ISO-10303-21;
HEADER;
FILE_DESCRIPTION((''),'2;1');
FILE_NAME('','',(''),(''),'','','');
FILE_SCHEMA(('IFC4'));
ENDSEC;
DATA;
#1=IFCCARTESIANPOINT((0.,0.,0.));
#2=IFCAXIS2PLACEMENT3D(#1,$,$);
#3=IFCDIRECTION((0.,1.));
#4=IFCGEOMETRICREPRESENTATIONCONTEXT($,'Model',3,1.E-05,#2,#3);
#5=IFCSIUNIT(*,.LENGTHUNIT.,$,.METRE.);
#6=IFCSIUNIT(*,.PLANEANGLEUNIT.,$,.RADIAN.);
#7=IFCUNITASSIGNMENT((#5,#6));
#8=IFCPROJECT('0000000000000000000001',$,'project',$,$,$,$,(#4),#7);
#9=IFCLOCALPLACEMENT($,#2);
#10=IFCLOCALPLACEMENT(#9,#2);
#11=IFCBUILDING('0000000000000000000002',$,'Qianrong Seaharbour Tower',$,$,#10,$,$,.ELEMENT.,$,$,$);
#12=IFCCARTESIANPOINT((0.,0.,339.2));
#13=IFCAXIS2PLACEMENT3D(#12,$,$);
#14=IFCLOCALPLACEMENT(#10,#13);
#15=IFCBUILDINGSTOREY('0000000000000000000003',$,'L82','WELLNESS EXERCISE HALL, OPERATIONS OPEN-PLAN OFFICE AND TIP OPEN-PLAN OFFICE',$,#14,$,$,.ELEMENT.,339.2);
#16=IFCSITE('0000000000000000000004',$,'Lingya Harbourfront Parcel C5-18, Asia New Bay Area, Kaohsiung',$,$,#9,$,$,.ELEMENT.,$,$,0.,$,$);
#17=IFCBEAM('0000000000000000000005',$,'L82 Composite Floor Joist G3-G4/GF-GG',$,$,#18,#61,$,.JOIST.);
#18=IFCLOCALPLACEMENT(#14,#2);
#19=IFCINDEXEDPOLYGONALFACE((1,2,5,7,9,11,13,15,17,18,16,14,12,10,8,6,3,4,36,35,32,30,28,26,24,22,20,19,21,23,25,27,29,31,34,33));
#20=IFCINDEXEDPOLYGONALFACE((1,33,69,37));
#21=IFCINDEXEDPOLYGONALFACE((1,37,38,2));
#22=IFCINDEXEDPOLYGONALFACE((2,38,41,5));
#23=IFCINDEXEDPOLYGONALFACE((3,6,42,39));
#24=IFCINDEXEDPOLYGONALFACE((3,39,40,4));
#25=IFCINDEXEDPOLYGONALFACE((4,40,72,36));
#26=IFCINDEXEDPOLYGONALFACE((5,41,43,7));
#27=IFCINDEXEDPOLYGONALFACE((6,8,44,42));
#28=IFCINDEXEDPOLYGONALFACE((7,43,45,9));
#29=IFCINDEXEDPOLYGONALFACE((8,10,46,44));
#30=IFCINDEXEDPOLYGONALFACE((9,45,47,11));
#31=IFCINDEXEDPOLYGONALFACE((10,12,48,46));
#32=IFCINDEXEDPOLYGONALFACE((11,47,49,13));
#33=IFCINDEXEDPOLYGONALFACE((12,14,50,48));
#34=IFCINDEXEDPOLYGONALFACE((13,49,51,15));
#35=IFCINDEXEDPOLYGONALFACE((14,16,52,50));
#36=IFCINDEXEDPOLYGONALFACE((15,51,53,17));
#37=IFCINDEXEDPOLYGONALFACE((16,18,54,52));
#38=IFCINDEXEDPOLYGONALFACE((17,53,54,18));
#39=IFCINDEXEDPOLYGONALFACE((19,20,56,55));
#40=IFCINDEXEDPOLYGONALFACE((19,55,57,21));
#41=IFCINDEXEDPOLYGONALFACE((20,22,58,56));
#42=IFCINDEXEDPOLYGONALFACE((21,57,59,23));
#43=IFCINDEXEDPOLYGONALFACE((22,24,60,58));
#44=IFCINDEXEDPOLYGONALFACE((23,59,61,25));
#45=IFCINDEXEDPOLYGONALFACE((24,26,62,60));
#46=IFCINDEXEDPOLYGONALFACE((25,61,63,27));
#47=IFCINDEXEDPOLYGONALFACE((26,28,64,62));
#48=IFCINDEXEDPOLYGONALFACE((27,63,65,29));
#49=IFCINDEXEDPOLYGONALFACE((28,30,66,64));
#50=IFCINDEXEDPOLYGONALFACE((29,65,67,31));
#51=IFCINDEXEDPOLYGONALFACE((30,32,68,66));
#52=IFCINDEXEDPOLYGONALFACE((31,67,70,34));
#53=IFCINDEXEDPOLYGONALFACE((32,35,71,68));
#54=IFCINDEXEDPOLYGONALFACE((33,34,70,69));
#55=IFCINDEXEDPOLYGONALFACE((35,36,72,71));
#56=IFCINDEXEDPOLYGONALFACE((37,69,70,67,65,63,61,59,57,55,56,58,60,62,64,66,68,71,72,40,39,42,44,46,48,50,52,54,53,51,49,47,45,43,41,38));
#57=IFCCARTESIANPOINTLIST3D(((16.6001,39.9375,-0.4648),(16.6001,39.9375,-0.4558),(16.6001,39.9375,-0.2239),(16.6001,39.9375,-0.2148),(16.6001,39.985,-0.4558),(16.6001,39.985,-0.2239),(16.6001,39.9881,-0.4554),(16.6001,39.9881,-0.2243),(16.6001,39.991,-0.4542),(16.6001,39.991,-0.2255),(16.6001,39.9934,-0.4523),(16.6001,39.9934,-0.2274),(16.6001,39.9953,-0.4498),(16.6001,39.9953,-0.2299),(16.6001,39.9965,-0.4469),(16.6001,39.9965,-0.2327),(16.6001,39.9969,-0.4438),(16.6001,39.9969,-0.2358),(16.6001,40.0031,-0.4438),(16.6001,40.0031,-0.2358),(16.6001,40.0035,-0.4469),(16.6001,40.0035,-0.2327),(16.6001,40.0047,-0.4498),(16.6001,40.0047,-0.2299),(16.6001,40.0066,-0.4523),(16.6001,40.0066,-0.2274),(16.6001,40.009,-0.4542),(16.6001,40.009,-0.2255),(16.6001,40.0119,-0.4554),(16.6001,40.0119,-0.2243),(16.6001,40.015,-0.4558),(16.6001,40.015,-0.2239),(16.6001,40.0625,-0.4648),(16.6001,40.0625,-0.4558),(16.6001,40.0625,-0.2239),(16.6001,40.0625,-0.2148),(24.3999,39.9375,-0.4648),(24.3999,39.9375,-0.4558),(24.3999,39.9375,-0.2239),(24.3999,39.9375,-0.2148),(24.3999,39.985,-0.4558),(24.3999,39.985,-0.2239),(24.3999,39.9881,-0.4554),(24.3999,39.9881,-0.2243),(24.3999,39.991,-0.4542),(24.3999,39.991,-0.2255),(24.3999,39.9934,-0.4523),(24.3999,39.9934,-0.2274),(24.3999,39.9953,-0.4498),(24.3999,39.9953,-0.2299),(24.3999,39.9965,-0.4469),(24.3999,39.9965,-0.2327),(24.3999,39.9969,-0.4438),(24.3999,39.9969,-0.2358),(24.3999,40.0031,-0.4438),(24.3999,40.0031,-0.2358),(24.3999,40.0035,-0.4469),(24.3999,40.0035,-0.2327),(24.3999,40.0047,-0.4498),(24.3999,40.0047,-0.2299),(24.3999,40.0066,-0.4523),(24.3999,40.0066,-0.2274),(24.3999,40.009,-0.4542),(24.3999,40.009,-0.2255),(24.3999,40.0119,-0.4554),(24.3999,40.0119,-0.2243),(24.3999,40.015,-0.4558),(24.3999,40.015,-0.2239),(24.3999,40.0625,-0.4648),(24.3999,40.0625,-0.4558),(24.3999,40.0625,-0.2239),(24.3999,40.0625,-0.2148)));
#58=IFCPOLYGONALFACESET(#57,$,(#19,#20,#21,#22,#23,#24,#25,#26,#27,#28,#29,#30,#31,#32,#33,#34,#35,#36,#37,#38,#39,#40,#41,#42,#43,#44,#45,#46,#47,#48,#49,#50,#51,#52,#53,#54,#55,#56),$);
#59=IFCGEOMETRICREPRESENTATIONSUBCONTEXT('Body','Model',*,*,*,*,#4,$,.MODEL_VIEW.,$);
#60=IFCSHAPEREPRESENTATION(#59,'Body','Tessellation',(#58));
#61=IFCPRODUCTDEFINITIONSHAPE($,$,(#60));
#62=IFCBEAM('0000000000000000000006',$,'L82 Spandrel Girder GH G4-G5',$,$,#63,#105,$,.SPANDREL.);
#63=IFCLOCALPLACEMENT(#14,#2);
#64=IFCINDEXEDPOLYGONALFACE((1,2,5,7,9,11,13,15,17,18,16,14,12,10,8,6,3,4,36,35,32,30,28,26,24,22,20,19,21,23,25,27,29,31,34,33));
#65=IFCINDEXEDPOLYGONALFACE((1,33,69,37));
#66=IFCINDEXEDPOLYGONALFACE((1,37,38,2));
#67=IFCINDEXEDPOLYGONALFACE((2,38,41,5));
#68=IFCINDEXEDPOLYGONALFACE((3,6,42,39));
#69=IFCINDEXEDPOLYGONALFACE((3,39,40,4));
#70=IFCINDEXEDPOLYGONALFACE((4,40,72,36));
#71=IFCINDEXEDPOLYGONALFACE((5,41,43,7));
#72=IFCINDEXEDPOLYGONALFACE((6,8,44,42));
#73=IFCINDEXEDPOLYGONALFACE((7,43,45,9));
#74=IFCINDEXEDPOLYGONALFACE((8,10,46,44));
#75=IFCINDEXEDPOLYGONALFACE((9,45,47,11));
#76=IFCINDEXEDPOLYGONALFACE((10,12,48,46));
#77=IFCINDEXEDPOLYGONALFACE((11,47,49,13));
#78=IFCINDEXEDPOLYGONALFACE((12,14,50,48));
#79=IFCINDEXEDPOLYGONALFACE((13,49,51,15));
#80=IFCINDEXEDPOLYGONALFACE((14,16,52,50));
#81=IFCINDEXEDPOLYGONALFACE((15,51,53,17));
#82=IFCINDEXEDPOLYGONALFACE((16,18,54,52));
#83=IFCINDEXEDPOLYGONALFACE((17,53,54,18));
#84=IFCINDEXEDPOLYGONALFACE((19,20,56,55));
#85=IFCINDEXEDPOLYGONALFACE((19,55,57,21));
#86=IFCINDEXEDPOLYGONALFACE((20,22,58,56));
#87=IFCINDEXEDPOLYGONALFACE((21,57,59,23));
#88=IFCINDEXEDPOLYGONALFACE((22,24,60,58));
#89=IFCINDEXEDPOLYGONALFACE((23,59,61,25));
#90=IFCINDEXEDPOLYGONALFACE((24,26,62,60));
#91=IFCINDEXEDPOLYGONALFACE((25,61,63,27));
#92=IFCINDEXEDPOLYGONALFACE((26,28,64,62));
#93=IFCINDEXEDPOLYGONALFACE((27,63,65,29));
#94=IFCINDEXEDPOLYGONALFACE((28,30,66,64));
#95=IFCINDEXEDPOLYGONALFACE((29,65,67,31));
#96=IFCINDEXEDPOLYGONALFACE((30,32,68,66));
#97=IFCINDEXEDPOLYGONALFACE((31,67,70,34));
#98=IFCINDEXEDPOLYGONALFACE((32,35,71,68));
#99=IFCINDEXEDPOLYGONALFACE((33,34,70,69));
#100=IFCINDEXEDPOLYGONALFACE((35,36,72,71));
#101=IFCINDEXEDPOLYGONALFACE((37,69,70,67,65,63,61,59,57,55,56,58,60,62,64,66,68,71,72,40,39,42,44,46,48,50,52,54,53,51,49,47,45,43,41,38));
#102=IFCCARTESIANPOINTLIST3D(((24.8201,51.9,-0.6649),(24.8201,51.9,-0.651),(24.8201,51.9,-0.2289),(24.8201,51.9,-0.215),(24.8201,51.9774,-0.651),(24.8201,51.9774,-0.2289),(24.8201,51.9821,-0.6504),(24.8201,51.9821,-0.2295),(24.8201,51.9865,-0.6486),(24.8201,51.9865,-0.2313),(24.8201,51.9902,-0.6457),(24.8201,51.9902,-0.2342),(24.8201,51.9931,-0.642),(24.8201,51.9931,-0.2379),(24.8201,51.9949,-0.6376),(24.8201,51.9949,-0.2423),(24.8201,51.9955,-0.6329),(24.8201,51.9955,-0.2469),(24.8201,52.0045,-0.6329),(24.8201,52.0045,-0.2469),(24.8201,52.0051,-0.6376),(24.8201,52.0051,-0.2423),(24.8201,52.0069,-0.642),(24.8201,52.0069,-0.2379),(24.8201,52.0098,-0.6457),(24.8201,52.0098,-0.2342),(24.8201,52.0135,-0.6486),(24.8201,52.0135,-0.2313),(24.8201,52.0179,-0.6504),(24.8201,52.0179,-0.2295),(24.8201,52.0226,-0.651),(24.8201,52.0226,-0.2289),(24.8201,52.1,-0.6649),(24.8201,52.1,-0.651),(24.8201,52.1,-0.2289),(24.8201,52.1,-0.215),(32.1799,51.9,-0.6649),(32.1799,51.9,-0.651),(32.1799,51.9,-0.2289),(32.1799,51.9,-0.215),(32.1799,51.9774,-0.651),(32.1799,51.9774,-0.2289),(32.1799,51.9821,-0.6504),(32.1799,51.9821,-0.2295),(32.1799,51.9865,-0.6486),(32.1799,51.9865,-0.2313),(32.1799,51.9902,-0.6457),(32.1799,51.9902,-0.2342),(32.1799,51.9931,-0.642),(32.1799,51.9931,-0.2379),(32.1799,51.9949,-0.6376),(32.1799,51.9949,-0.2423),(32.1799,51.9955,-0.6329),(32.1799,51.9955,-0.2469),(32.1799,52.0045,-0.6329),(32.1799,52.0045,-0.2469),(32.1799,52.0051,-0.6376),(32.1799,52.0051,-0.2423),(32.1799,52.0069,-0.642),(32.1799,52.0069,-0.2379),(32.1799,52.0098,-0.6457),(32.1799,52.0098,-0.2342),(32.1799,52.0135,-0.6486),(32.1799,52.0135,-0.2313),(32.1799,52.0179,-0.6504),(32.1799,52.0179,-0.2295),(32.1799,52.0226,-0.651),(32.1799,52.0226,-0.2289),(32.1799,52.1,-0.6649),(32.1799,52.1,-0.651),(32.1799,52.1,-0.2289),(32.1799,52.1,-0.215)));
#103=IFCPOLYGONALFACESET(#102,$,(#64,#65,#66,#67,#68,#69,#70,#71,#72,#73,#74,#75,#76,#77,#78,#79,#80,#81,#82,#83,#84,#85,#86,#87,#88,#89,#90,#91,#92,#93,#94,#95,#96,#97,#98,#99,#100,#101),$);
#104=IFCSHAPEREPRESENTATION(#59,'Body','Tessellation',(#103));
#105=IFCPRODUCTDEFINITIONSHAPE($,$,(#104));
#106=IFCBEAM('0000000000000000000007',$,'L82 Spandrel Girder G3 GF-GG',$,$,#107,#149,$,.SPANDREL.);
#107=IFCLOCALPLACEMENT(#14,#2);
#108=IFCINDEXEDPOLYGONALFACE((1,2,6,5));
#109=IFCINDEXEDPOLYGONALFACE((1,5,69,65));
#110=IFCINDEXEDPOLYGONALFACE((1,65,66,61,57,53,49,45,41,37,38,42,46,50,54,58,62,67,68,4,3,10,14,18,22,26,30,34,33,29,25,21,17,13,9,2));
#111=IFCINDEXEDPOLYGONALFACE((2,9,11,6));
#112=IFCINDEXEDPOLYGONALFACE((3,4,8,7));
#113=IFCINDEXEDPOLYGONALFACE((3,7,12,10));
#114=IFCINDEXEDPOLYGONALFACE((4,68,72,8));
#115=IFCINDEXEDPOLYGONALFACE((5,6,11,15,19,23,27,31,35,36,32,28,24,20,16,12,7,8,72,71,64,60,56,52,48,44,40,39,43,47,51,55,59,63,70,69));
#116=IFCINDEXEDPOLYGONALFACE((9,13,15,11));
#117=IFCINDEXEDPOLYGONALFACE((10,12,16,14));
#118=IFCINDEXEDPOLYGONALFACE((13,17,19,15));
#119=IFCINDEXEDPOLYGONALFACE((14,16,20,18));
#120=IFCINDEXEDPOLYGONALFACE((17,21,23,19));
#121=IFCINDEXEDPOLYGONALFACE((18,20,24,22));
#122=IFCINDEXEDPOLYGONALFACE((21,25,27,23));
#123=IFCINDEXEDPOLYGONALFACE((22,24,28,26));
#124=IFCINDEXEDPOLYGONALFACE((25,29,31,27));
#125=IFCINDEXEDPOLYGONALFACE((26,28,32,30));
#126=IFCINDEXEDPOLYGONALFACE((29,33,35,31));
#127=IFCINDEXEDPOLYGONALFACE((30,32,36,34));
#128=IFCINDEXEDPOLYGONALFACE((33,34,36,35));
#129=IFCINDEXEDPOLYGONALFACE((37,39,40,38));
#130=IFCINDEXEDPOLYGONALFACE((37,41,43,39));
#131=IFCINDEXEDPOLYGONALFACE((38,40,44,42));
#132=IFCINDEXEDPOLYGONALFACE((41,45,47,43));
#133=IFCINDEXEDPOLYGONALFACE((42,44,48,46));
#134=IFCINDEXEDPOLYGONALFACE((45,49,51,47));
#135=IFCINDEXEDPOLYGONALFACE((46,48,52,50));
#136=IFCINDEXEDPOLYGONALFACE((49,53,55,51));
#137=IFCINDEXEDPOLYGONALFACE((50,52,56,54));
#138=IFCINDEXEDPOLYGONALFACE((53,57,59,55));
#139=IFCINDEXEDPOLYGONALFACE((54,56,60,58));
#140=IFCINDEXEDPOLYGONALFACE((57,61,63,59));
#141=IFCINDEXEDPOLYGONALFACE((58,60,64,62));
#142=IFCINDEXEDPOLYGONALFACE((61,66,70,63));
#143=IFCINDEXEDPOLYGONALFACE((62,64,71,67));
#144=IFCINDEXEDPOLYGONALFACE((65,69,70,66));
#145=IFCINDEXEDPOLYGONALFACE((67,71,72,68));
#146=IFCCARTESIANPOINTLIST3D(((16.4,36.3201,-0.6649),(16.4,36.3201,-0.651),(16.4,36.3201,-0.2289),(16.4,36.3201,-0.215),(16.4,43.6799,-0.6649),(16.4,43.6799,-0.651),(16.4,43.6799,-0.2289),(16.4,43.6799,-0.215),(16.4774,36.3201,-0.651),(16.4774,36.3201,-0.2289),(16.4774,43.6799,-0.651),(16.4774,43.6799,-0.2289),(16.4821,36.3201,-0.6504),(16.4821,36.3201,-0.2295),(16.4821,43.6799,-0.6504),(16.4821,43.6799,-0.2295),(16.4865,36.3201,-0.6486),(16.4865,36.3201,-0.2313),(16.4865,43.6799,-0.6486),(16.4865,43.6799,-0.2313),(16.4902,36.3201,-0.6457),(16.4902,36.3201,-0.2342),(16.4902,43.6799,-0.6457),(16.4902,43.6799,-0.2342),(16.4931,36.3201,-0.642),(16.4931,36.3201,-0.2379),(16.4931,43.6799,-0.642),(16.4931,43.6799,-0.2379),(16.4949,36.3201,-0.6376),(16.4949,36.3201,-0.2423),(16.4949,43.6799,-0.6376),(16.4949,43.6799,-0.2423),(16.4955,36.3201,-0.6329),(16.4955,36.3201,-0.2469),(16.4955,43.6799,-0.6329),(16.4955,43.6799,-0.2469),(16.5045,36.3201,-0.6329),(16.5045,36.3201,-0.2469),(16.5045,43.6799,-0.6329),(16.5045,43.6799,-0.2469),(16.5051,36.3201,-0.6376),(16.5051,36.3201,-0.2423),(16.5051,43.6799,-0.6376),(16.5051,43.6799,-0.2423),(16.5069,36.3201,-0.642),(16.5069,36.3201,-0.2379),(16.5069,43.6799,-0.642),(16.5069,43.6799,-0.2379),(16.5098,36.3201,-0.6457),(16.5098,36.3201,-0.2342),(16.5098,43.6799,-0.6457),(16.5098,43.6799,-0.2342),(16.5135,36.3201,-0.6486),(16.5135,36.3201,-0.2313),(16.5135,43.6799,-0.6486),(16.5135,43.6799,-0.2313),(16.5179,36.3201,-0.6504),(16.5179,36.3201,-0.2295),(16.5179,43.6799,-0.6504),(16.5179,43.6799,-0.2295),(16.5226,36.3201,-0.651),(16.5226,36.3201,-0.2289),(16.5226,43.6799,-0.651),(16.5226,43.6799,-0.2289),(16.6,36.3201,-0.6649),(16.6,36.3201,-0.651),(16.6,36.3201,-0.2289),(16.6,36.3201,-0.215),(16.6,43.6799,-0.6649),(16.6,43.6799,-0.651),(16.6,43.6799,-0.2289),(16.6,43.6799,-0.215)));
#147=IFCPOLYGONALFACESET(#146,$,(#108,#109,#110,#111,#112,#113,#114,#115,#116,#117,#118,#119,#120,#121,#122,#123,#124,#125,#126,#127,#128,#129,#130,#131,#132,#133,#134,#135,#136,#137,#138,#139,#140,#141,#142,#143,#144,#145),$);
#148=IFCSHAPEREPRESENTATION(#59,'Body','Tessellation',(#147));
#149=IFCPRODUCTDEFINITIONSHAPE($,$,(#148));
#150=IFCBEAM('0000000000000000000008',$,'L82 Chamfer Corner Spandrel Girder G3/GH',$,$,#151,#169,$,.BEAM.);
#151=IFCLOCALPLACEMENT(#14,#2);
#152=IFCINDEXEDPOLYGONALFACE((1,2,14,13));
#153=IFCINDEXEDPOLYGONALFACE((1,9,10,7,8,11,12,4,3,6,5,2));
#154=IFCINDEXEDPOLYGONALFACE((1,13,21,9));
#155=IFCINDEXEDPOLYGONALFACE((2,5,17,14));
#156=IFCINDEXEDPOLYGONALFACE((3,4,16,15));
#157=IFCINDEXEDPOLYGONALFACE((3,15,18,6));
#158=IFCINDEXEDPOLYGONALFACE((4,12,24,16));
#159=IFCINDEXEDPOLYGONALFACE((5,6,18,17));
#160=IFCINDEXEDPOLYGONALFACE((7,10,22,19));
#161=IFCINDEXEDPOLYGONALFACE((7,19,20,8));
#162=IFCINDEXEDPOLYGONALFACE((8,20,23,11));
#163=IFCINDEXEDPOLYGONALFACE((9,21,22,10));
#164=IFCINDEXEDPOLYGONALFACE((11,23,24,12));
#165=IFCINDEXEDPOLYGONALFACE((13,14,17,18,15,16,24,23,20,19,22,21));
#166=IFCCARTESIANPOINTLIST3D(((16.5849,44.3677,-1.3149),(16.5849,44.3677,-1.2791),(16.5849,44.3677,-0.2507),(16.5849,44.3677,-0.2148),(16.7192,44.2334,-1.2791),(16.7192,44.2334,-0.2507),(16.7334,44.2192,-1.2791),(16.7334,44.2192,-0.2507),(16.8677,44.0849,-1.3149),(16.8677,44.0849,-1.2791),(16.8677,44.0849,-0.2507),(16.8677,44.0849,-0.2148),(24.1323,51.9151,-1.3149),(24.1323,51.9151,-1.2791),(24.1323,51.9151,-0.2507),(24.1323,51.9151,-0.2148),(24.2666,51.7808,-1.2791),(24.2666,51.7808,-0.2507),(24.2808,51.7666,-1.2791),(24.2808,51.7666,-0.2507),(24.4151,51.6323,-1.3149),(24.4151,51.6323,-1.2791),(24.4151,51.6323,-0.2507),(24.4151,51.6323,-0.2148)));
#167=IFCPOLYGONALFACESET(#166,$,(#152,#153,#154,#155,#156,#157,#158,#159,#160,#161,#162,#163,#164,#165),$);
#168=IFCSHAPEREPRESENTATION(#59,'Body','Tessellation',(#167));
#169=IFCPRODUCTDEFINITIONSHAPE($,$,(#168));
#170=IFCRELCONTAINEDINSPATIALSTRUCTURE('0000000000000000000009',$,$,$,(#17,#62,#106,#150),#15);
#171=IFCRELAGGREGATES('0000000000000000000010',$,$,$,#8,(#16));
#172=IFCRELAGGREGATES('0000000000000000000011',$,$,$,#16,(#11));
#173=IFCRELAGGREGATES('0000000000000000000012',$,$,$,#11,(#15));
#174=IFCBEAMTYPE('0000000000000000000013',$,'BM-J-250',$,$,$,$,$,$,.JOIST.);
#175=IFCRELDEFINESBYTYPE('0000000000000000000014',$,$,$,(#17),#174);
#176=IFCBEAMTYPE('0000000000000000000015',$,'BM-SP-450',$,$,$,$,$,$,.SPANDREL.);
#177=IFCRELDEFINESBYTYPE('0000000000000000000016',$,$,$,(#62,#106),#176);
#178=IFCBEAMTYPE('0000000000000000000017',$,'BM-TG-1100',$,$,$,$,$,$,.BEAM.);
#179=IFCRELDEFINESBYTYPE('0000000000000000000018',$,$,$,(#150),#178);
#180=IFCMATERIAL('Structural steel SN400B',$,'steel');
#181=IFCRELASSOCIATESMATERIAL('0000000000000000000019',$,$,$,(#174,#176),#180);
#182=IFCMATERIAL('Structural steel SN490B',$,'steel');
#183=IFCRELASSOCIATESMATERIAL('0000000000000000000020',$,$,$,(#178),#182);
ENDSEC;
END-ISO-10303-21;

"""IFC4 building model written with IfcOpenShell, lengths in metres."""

from ifc_helpers import new_model, si_unit, direction, frame, origin, origin_2d, place, context, subcontext, project, spatial, i_section, extrude, material, material_profile, profile_set, type_object, element, save


model = new_model("IFC4")

# Units and contexts
model_context = context("Model", 3, precision=1e-05, world=origin(), true_north=direction((0.0, 1.0)))
body_context = subcontext(model_context, "Body", "Model", "MODEL_VIEW")
ifc_project = project(units=[si_unit("LENGTHUNIT", "METRE"), si_unit("PLANEANGLEUNIT", "RADIAN")], contexts=[model_context])

# Site, building, storey
site_placement = place(None, origin())
site = spatial("IfcSite", under=ifc_project, at=site_placement, Name="Lingya Harbourfront Parcel C5-18, Asia New Bay Area, Kaohsiung", CompositionType="ELEMENT", RefElevation=0.0)
building_placement = place(site_placement, origin())
building = spatial("IfcBuilding", under=site, at=building_placement, Name="Qianrong Seaharbour Tower", CompositionType="ELEMENT")
storey_placement = place(building_placement, frame((0.0, 0.0, 339.2)))
storey = spatial("IfcBuildingStorey", under=building, at=storey_placement, Name="L82", Description="WELLNESS EXERCISE HALL, OPERATIONS OPEN-PLAN OFFICE AND TIP OPEN-PLAN OFFICE", CompositionType="ELEMENT", Elevation=339.2)

# Shared definitions
ifc_material_1 = material(Name="Structural steel SN400B", Category="steel")

# Beams
ifc_material_2 = material(Name="Structural steel SN490B", Category="steel")
ifc_material_profile_1 = material_profile(ifc_material_1, i_section(OverallWidth=0.125, OverallDepth=0.25, WebThickness=0.0061, FlangeThickness=0.009, FilletRadius=0.012, at=origin_2d()), Name="H250x125x6x9")
ifc_profile_set_1 = profile_set([ifc_material_profile_1], Name="Structural steel SN400B")
beam_type_1 = type_object("IfcBeamType", Name="BM-J-250", PredefinedType="JOIST", material=ifc_profile_set_1)
beam_1_placement = place(storey_placement, frame((16.6001, 40.0, -0.3398), z_axis=(1.0, 0.0, 0.0), x_axis=(0.0, 1.0, 0.0)))
element("IfcBeam", 1, at=beam_1_placement, inside=storey, type_object=beam_type_1, Name="L82 Composite Floor Joist G3-G4/GF-GG", PredefinedType="JOIST", context=body_context, shape_type="SweptSolid", body=[
    extrude(i_section(OverallWidth=0.125, OverallDepth=0.25, WebThickness=0.0061, FlangeThickness=0.009, FilletRadius=0.012, at=origin_2d()), origin(), (0.0, 0.0, 1.0), 7.7998),
])
ifc_material_profile_2 = material_profile(ifc_material_1, i_section(OverallWidth=0.2, OverallDepth=0.45, WebThickness=0.009, FlangeThickness=0.0139, FilletRadius=0.0181, at=origin_2d()), Name="H450x200x9x14")
ifc_profile_set_2 = profile_set([ifc_material_profile_2], Name="Structural steel SN400B")
beam_type_2 = type_object("IfcBeamType", Name="BM-SP-450", PredefinedType="SPANDREL", material=ifc_profile_set_2)
for number, where, z_axis, x_axis, name in (
    (2, (24.8201, 52.0, -0.4399), (1.0, 0.0, 0.0), (0.0, 1.0, 0.0), "L82 Spandrel Girder GH G4-G5"),
    (3, (16.5, 36.3201, -0.4399), (0.0, 1.0, 0.0), (-1.0, 0.0, 0.0), "L82 Spandrel Girder G3 GF-GG"),
):
    element("IfcBeam", number, at=place(storey_placement, frame(where, z_axis=z_axis, x_axis=x_axis)), inside=storey, type_object=beam_type_2, Name=name, PredefinedType="SPANDREL", context=body_context, shape_type="SweptSolid", body=[
        extrude(i_section(OverallWidth=0.2, OverallDepth=0.45, WebThickness=0.009, FlangeThickness=0.0139, FilletRadius=0.0181, at=origin_2d()), origin(), (0.0, 0.0, 1.0), 7.3599),
    ])
ifc_material_profile_3 = material_profile(ifc_material_2, i_section(OverallWidth=0.3999, OverallDepth=1.1001, WebThickness=0.02, FlangeThickness=0.0359, at=origin_2d()), Name="BH1100x400x20x36")
ifc_profile_set_3 = profile_set([ifc_material_profile_3], Name="Structural steel SN490B")
beam_type_3 = type_object("IfcBeamType", Name="BM-TG-1100", PredefinedType="BEAM", material=ifc_profile_set_3)
beam_2_placement = place(storey_placement, frame((24.2737, 51.7737, -0.7649), z_axis=(-0.707107, -0.707107, 0.0), x_axis=(0.707107, -0.707107, 0.0)))
element("IfcBeam", 4, at=beam_2_placement, inside=storey, type_object=beam_type_3, Name="L82 Chamfer Corner Spandrel Girder G3/GH", PredefinedType="BEAM", context=body_context, shape_type="SweptSolid", body=[
    extrude(i_section(OverallWidth=0.3999, OverallDepth=1.1001, WebThickness=0.02, FlangeThickness=0.0359, at=origin_2d()), origin(), (0.0, 0.0, 1.0), 10.6736),
])

save(model, "model.ifc")
